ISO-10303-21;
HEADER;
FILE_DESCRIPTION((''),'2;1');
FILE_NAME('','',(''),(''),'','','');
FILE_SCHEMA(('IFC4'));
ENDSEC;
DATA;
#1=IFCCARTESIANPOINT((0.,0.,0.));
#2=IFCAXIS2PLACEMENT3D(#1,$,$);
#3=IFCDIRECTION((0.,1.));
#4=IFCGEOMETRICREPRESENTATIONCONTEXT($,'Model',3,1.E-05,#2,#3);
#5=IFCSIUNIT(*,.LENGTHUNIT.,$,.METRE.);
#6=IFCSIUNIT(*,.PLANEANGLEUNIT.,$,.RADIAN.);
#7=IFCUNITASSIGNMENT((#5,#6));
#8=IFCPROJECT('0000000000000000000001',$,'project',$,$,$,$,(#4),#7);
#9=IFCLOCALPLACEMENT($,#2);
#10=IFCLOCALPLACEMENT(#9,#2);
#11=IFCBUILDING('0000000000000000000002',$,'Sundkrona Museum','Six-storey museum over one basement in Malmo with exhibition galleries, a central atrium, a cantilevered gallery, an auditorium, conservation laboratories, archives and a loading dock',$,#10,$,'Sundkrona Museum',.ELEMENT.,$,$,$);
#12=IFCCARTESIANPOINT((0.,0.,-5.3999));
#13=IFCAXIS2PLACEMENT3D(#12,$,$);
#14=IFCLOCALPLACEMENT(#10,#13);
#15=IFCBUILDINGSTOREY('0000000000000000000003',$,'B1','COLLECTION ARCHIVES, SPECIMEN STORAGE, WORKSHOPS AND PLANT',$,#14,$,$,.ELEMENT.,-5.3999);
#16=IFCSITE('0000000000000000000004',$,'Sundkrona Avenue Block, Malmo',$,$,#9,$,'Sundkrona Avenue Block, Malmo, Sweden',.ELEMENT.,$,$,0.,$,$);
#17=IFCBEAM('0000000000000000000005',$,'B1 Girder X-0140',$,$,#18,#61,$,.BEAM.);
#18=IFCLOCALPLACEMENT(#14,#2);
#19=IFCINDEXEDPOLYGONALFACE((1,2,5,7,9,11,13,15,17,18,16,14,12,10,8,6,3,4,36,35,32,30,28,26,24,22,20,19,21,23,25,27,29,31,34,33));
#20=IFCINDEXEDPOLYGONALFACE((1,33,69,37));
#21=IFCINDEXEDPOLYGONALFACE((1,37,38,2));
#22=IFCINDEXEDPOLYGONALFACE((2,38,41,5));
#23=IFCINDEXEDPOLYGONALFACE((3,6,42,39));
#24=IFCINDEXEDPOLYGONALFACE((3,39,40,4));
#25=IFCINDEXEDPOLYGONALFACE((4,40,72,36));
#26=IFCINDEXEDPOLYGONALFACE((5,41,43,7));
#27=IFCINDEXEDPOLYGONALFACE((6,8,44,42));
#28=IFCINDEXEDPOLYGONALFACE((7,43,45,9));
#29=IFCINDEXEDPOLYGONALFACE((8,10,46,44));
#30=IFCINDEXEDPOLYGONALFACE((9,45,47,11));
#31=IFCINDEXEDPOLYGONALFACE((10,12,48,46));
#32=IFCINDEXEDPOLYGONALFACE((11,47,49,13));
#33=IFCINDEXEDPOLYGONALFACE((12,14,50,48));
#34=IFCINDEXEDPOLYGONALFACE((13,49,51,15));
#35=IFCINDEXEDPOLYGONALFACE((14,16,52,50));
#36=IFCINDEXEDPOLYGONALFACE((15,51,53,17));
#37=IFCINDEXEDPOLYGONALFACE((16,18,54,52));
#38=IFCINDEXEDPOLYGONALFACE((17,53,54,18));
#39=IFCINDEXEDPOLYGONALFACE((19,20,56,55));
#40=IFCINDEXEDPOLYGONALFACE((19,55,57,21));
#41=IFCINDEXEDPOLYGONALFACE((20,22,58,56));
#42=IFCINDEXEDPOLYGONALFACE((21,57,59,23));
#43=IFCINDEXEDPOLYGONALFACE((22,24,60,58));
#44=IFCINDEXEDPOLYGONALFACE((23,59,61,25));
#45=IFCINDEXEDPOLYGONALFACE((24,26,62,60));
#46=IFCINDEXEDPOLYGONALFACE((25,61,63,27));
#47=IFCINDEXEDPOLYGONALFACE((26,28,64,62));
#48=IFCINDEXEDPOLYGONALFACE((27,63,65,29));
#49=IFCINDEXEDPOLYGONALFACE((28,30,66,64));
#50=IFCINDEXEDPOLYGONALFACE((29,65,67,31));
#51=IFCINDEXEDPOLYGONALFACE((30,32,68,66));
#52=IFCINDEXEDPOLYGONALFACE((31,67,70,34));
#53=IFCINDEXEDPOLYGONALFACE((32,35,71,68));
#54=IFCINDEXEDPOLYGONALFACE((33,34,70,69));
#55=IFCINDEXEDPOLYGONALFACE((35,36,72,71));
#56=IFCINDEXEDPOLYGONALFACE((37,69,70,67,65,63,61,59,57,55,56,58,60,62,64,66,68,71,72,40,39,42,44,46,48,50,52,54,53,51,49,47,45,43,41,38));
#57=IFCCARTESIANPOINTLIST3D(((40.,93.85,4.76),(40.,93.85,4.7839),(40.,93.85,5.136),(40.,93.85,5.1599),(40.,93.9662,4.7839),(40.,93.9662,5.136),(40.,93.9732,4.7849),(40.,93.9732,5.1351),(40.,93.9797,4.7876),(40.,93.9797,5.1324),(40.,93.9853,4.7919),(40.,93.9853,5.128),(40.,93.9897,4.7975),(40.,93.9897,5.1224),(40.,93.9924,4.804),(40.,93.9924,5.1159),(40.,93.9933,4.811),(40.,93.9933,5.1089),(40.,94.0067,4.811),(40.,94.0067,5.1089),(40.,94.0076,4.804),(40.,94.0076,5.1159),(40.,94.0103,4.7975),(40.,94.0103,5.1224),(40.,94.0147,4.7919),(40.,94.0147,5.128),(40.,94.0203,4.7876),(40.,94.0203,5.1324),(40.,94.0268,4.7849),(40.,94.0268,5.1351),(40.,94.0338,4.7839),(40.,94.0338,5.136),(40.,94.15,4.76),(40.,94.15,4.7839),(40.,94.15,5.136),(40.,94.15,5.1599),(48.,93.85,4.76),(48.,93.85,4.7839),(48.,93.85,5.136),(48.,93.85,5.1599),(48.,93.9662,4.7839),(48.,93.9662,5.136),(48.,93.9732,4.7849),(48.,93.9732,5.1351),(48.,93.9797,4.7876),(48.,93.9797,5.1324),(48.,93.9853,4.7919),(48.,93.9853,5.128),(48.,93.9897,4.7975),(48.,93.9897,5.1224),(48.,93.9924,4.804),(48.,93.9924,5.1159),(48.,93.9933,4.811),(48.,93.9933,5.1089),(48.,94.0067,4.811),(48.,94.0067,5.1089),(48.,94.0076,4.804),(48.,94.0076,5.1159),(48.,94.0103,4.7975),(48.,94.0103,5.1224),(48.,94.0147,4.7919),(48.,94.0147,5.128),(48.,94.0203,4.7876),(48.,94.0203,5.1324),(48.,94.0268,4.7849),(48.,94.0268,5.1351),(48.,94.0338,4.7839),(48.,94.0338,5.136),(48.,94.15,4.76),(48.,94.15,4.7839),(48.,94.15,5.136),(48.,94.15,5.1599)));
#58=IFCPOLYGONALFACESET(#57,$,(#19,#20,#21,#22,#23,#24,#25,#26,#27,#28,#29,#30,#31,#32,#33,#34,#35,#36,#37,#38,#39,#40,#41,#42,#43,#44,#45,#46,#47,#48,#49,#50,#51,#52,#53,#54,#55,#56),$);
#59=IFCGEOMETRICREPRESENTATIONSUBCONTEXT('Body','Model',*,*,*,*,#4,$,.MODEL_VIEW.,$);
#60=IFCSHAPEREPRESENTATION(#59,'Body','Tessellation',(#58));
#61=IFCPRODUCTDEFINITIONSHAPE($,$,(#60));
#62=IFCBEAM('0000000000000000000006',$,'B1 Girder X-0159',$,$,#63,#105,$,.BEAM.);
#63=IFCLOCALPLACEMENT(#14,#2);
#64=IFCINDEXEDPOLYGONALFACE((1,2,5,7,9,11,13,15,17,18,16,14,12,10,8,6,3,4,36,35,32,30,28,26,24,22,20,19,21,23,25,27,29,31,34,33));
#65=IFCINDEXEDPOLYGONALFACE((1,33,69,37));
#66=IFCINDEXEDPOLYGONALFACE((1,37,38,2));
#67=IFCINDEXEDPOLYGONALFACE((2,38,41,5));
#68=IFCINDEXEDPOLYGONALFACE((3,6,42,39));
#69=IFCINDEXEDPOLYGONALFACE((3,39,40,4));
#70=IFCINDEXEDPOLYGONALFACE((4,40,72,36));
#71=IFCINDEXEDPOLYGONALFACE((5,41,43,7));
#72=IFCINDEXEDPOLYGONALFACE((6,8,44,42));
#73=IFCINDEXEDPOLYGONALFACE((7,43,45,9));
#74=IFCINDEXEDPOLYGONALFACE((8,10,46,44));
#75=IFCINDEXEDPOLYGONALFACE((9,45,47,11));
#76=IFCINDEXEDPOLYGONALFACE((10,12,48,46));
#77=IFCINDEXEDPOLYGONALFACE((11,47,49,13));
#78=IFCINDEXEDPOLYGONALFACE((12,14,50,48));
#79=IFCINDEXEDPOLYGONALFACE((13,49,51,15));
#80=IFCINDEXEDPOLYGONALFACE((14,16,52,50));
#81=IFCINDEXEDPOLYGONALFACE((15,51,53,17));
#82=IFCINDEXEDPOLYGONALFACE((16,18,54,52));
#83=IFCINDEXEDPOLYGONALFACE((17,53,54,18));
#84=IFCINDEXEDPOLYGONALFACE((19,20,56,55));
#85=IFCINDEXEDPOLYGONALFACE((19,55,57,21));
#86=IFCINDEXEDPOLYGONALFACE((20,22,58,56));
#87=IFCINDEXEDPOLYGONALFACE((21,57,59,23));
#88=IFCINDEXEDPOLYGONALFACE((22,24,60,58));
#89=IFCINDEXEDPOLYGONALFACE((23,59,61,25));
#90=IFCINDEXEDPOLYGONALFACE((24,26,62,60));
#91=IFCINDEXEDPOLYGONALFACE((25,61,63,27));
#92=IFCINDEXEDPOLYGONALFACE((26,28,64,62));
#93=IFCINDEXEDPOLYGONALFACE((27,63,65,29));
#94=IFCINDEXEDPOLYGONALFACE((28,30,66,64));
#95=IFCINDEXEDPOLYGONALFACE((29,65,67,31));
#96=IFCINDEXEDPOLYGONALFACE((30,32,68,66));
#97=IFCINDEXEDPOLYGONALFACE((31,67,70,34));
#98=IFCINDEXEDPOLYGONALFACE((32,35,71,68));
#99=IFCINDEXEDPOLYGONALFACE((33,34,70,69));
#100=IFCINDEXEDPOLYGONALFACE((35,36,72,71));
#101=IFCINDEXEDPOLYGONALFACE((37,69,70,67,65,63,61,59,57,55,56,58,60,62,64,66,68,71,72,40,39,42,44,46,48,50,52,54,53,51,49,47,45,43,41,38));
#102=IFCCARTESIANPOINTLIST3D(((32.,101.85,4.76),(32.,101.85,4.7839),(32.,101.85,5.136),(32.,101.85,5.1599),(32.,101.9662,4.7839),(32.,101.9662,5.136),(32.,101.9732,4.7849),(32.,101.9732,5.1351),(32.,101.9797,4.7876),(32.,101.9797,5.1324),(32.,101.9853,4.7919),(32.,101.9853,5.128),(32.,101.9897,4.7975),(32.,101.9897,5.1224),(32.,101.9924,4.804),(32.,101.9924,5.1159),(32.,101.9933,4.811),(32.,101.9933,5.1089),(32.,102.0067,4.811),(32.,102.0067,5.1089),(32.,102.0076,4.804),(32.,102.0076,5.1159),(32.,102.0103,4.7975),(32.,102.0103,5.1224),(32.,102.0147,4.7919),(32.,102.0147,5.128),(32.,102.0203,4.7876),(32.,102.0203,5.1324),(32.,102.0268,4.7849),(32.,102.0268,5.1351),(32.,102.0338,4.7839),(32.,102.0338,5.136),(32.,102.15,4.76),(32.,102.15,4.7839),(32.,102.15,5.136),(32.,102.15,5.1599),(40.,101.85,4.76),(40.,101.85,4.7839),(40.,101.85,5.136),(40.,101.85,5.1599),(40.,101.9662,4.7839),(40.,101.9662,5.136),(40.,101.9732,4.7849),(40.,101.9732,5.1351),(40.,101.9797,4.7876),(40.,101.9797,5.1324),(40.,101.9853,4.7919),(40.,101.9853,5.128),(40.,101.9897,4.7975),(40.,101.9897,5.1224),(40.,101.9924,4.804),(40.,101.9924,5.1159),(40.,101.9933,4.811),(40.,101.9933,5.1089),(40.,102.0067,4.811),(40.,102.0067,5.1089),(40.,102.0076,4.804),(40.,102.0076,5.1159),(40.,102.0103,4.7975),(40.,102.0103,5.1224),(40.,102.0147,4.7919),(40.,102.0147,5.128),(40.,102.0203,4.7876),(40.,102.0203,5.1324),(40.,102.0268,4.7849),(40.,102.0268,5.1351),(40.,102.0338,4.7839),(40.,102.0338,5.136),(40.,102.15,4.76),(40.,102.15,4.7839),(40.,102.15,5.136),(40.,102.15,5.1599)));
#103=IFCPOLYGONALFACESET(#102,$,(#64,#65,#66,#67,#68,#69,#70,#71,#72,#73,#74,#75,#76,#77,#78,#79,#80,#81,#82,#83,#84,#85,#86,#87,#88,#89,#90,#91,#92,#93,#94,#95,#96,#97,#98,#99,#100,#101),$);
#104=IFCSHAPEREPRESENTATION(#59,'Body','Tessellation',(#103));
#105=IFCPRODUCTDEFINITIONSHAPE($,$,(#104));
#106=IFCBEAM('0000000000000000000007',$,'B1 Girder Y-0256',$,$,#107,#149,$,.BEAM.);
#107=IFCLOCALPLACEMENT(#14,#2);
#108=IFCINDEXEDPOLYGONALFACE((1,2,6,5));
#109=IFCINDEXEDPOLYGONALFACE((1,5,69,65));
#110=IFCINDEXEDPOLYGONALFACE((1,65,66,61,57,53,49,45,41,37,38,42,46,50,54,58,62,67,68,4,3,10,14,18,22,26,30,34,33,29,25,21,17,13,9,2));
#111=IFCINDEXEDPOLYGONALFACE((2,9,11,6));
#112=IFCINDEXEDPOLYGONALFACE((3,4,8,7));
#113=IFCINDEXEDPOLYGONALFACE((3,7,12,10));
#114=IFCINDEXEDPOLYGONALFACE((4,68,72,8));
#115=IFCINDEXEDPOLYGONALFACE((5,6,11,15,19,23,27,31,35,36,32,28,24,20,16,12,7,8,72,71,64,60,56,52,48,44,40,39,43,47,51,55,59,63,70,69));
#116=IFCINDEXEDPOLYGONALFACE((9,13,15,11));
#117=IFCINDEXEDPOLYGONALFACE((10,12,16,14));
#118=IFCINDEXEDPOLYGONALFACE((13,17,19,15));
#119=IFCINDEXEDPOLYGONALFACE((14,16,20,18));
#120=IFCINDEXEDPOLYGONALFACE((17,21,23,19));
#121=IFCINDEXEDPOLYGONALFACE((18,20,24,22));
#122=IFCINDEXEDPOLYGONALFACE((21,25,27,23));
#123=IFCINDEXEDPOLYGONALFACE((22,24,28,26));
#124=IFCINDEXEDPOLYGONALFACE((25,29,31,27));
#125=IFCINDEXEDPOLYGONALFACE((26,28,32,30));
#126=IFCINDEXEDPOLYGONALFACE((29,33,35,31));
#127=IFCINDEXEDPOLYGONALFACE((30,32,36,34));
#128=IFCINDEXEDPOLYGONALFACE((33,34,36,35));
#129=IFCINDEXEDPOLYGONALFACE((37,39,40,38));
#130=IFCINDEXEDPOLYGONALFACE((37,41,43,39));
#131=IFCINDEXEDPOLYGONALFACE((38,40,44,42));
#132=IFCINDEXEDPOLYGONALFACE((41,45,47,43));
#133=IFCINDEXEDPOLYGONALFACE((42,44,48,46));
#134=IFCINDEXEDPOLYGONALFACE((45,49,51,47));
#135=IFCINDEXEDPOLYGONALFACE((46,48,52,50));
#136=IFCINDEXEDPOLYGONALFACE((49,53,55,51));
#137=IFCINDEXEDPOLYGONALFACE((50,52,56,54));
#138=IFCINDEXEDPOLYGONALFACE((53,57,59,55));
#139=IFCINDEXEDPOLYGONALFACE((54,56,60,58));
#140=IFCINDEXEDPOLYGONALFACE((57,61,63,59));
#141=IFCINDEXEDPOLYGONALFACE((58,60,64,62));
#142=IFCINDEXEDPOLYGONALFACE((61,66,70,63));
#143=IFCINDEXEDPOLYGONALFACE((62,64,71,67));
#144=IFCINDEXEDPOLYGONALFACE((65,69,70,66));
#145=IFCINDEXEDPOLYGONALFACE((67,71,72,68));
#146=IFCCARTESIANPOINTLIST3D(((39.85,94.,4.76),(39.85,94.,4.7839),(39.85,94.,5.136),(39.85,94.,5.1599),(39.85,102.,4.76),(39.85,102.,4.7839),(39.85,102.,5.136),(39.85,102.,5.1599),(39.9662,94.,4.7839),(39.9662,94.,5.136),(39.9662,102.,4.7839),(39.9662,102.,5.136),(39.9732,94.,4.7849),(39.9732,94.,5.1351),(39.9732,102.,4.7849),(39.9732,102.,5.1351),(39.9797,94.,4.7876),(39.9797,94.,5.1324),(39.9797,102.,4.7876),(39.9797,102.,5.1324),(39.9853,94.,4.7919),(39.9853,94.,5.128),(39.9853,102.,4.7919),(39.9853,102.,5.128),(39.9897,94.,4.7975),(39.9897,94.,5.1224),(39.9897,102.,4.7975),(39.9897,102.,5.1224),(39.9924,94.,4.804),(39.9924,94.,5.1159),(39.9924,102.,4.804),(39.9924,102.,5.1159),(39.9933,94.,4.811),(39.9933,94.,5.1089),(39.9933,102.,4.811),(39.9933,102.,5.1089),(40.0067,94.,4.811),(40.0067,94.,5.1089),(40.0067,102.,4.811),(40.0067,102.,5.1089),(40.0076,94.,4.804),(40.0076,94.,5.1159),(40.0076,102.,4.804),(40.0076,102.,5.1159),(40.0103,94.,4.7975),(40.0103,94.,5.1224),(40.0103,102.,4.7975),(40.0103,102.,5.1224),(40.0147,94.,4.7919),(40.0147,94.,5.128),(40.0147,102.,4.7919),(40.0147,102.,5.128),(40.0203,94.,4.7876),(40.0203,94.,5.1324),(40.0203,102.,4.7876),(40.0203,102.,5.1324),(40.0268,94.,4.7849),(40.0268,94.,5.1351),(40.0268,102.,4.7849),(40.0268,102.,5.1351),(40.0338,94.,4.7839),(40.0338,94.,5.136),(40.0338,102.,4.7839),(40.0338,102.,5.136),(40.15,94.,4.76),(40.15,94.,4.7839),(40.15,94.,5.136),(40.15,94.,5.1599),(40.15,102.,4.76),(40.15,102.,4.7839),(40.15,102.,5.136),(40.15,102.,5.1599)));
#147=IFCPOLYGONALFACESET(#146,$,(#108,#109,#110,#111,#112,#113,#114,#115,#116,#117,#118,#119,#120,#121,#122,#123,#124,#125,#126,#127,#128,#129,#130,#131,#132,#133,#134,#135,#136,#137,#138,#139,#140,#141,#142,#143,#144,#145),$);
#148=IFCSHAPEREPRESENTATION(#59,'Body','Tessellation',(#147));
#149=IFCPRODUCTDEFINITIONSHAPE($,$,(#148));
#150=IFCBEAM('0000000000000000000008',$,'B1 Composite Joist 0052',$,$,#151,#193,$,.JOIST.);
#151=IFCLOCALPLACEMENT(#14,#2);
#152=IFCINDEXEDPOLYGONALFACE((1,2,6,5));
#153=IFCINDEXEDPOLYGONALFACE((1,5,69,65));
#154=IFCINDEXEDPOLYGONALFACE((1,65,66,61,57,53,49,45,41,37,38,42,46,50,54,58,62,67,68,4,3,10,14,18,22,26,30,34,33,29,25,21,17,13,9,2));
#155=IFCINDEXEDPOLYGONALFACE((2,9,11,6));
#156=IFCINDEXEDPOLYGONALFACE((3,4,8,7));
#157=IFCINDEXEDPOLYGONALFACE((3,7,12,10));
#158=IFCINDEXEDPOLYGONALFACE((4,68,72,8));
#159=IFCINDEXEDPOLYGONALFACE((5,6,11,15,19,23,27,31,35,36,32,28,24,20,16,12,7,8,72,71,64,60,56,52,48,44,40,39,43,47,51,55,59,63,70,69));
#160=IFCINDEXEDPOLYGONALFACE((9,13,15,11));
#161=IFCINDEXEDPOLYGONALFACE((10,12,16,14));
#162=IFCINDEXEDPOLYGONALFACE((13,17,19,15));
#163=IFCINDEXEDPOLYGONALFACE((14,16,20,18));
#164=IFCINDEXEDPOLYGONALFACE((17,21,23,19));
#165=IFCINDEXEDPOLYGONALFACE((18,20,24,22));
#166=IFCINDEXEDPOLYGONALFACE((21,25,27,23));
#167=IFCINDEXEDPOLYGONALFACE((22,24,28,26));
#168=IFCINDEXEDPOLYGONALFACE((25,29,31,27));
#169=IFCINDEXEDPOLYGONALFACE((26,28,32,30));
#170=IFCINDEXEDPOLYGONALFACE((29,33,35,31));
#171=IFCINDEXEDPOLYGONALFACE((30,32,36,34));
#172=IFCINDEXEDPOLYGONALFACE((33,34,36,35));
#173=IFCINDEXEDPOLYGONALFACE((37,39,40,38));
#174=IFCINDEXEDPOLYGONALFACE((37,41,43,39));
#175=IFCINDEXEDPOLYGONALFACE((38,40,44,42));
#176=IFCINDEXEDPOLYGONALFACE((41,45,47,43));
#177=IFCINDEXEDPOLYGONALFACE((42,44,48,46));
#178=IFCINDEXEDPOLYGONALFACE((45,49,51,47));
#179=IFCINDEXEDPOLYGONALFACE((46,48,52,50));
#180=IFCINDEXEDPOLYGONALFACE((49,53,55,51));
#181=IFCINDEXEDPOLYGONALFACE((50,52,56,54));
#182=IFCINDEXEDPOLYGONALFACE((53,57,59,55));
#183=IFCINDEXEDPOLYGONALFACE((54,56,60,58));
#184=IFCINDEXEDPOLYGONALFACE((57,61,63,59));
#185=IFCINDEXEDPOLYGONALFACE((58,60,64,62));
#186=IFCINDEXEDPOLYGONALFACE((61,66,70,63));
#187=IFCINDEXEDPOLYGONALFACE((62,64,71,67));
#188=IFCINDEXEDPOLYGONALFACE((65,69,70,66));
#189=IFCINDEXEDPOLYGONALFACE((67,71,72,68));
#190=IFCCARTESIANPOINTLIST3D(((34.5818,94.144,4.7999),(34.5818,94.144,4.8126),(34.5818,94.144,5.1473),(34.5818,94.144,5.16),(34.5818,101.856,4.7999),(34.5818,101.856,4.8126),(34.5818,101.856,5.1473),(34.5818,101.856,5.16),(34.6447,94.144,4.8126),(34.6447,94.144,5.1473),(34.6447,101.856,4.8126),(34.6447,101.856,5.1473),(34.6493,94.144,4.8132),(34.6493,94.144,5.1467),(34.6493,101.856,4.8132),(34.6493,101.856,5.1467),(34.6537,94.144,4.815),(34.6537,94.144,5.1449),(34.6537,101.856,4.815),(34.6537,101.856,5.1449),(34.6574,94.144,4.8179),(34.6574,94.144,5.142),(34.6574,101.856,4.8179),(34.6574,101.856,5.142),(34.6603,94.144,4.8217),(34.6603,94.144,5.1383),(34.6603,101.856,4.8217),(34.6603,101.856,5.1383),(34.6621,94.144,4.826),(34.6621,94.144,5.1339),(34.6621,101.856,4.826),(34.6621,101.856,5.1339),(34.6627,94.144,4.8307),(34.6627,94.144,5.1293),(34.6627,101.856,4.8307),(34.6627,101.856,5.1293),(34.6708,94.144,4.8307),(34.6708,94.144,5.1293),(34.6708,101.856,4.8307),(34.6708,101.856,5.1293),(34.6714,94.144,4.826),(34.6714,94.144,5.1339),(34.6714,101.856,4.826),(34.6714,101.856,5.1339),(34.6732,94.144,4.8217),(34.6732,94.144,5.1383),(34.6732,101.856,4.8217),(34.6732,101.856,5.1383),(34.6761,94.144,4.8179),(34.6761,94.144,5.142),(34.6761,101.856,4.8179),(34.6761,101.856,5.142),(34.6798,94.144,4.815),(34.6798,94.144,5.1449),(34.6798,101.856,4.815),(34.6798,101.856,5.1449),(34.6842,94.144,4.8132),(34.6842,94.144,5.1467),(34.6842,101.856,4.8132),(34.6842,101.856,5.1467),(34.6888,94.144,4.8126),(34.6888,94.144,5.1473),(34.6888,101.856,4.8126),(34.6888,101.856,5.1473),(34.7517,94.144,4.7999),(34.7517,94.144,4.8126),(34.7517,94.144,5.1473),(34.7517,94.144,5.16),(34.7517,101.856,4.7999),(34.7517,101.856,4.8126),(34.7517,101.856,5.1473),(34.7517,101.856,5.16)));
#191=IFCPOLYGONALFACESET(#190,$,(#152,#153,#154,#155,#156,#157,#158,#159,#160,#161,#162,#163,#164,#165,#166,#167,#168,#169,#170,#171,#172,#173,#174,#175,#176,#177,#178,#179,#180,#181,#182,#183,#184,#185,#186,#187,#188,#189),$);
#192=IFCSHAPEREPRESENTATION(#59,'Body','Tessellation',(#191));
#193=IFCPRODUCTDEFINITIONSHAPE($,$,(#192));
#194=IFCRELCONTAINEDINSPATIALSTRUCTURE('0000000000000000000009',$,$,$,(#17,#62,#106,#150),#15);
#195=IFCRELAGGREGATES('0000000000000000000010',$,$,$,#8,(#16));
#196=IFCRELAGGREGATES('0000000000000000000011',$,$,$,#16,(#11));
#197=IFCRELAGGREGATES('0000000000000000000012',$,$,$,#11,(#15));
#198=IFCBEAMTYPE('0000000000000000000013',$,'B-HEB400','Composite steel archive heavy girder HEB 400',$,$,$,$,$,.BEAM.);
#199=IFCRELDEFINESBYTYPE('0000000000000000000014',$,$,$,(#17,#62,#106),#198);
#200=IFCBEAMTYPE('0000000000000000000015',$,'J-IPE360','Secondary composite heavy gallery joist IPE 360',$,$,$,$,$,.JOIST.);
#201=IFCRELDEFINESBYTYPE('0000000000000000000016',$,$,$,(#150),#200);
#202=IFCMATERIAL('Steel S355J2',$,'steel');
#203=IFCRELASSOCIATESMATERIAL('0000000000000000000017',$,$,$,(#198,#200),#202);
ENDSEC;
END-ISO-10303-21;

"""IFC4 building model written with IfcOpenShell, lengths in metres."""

from ifc_helpers import new_model, si_unit, direction, frame, origin, origin_2d, place, context, subcontext, project, spatial, i_section, extrude, material, material_profile, profile_set, type_object, element, save


model = new_model("IFC4")

# Units and contexts
model_context = context("Model", 3, precision=1e-05, world=origin(), true_north=direction((0.0, 1.0)))
body_context = subcontext(model_context, "Body", "Model", "MODEL_VIEW")
ifc_project = project(units=[si_unit("LENGTHUNIT", "METRE"), si_unit("PLANEANGLEUNIT", "RADIAN")], contexts=[model_context])

# Site, building, storey
site_placement = place(None, origin())
site = spatial("IfcSite", under=ifc_project, at=site_placement, Name="Sundkrona Avenue Block, Malmo", LongName="Sundkrona Avenue Block, Malmo, Sweden", CompositionType="ELEMENT", RefElevation=0.0)
building_placement = place(site_placement, origin())
building = spatial("IfcBuilding", under=site, at=building_placement, Name="Sundkrona Museum", Description="Six-storey museum over one basement in Malmo with exhibition galleries, a central atrium, a cantilevered gallery, an auditorium, conservation laboratories, archives and a loading dock", LongName="Sundkrona Museum", CompositionType="ELEMENT")
storey_placement = place(building_placement, frame((0.0, 0.0, -5.3999)))
storey = spatial("IfcBuildingStorey", under=building, at=storey_placement, Name="B1", Description="COLLECTION ARCHIVES, SPECIMEN STORAGE, WORKSHOPS AND PLANT", CompositionType="ELEMENT", Elevation=-5.3999)

# Beams
ifc_material_1 = material(Name="Steel S355J2", Category="steel")
ifc_material_profile_1 = material_profile(ifc_material_1, i_section(OverallWidth=0.3, OverallDepth=0.3999, WebThickness=0.0134, FlangeThickness=0.0239, FilletRadius=0.0271, at=origin_2d()), Name="HEB 400")
ifc_profile_set_1 = profile_set([ifc_material_profile_1], Name="Steel S355J2")
beam_type_1 = type_object("IfcBeamType", Name="B-HEB400", Description="Composite steel archive heavy girder HEB 400", PredefinedType="BEAM", material=ifc_profile_set_1)
for number, where, z_axis, x_axis, name in (
    (1, (40.0, 94.0, 4.96), (1.0, 0.0, 0.0), (0.0, 1.0, 0.0), "B1 Girder X-0140"),
    (2, (32.0, 102.0, 4.96), (1.0, 0.0, 0.0), (0.0, 1.0, 0.0), "B1 Girder X-0159"),
    (3, (40.0, 94.0, 4.96), (0.0, 1.0, 0.0), (-1.0, 0.0, 0.0), "B1 Girder Y-0256"),
):
    element("IfcBeam", number, at=place(storey_placement, frame(where, z_axis=z_axis, x_axis=x_axis)), inside=storey, type_object=beam_type_1, Name=name, PredefinedType="BEAM", context=body_context, shape_type="SweptSolid", body=[
        extrude(i_section(OverallWidth=0.3, OverallDepth=0.3999, WebThickness=0.0134, FlangeThickness=0.0239, FilletRadius=0.0271, at=origin_2d()), origin(), (0.0, 0.0, 1.0), 8.0),
    ])
ifc_material_profile_2 = material_profile(ifc_material_1, i_section(OverallWidth=0.1699, OverallDepth=0.3601, WebThickness=0.0081, FlangeThickness=0.0127, FilletRadius=0.0181, at=origin_2d()), Name="IPE 360")
ifc_profile_set_2 = profile_set([ifc_material_profile_2], Name="Steel S355J2")
beam_type_2 = type_object("IfcBeamType", Name="J-IPE360", Description="Secondary composite heavy gallery joist IPE 360", PredefinedType="JOIST", material=ifc_profile_set_2)
for number, where, z_axis, x_axis, name in (
    (4, (34.6667, 94.144, 4.98), (0.0, 1.0, 0.0), (-1.0, 0.0, 0.0), "B1 Composite Joist 0052"),
):
    element("IfcBeam", number, at=place(storey_placement, frame(where, z_axis=z_axis, x_axis=x_axis)), inside=storey, type_object=beam_type_2, Name=name, PredefinedType="JOIST", context=body_context, shape_type="SweptSolid", body=[
        extrude(i_section(OverallWidth=0.1699, OverallDepth=0.3601, WebThickness=0.0081, FlangeThickness=0.0127, FilletRadius=0.0181, at=origin_2d()), origin(), (0.0, 0.0, 1.0), 7.7119),
    ])

save(model, "model.ifc")
